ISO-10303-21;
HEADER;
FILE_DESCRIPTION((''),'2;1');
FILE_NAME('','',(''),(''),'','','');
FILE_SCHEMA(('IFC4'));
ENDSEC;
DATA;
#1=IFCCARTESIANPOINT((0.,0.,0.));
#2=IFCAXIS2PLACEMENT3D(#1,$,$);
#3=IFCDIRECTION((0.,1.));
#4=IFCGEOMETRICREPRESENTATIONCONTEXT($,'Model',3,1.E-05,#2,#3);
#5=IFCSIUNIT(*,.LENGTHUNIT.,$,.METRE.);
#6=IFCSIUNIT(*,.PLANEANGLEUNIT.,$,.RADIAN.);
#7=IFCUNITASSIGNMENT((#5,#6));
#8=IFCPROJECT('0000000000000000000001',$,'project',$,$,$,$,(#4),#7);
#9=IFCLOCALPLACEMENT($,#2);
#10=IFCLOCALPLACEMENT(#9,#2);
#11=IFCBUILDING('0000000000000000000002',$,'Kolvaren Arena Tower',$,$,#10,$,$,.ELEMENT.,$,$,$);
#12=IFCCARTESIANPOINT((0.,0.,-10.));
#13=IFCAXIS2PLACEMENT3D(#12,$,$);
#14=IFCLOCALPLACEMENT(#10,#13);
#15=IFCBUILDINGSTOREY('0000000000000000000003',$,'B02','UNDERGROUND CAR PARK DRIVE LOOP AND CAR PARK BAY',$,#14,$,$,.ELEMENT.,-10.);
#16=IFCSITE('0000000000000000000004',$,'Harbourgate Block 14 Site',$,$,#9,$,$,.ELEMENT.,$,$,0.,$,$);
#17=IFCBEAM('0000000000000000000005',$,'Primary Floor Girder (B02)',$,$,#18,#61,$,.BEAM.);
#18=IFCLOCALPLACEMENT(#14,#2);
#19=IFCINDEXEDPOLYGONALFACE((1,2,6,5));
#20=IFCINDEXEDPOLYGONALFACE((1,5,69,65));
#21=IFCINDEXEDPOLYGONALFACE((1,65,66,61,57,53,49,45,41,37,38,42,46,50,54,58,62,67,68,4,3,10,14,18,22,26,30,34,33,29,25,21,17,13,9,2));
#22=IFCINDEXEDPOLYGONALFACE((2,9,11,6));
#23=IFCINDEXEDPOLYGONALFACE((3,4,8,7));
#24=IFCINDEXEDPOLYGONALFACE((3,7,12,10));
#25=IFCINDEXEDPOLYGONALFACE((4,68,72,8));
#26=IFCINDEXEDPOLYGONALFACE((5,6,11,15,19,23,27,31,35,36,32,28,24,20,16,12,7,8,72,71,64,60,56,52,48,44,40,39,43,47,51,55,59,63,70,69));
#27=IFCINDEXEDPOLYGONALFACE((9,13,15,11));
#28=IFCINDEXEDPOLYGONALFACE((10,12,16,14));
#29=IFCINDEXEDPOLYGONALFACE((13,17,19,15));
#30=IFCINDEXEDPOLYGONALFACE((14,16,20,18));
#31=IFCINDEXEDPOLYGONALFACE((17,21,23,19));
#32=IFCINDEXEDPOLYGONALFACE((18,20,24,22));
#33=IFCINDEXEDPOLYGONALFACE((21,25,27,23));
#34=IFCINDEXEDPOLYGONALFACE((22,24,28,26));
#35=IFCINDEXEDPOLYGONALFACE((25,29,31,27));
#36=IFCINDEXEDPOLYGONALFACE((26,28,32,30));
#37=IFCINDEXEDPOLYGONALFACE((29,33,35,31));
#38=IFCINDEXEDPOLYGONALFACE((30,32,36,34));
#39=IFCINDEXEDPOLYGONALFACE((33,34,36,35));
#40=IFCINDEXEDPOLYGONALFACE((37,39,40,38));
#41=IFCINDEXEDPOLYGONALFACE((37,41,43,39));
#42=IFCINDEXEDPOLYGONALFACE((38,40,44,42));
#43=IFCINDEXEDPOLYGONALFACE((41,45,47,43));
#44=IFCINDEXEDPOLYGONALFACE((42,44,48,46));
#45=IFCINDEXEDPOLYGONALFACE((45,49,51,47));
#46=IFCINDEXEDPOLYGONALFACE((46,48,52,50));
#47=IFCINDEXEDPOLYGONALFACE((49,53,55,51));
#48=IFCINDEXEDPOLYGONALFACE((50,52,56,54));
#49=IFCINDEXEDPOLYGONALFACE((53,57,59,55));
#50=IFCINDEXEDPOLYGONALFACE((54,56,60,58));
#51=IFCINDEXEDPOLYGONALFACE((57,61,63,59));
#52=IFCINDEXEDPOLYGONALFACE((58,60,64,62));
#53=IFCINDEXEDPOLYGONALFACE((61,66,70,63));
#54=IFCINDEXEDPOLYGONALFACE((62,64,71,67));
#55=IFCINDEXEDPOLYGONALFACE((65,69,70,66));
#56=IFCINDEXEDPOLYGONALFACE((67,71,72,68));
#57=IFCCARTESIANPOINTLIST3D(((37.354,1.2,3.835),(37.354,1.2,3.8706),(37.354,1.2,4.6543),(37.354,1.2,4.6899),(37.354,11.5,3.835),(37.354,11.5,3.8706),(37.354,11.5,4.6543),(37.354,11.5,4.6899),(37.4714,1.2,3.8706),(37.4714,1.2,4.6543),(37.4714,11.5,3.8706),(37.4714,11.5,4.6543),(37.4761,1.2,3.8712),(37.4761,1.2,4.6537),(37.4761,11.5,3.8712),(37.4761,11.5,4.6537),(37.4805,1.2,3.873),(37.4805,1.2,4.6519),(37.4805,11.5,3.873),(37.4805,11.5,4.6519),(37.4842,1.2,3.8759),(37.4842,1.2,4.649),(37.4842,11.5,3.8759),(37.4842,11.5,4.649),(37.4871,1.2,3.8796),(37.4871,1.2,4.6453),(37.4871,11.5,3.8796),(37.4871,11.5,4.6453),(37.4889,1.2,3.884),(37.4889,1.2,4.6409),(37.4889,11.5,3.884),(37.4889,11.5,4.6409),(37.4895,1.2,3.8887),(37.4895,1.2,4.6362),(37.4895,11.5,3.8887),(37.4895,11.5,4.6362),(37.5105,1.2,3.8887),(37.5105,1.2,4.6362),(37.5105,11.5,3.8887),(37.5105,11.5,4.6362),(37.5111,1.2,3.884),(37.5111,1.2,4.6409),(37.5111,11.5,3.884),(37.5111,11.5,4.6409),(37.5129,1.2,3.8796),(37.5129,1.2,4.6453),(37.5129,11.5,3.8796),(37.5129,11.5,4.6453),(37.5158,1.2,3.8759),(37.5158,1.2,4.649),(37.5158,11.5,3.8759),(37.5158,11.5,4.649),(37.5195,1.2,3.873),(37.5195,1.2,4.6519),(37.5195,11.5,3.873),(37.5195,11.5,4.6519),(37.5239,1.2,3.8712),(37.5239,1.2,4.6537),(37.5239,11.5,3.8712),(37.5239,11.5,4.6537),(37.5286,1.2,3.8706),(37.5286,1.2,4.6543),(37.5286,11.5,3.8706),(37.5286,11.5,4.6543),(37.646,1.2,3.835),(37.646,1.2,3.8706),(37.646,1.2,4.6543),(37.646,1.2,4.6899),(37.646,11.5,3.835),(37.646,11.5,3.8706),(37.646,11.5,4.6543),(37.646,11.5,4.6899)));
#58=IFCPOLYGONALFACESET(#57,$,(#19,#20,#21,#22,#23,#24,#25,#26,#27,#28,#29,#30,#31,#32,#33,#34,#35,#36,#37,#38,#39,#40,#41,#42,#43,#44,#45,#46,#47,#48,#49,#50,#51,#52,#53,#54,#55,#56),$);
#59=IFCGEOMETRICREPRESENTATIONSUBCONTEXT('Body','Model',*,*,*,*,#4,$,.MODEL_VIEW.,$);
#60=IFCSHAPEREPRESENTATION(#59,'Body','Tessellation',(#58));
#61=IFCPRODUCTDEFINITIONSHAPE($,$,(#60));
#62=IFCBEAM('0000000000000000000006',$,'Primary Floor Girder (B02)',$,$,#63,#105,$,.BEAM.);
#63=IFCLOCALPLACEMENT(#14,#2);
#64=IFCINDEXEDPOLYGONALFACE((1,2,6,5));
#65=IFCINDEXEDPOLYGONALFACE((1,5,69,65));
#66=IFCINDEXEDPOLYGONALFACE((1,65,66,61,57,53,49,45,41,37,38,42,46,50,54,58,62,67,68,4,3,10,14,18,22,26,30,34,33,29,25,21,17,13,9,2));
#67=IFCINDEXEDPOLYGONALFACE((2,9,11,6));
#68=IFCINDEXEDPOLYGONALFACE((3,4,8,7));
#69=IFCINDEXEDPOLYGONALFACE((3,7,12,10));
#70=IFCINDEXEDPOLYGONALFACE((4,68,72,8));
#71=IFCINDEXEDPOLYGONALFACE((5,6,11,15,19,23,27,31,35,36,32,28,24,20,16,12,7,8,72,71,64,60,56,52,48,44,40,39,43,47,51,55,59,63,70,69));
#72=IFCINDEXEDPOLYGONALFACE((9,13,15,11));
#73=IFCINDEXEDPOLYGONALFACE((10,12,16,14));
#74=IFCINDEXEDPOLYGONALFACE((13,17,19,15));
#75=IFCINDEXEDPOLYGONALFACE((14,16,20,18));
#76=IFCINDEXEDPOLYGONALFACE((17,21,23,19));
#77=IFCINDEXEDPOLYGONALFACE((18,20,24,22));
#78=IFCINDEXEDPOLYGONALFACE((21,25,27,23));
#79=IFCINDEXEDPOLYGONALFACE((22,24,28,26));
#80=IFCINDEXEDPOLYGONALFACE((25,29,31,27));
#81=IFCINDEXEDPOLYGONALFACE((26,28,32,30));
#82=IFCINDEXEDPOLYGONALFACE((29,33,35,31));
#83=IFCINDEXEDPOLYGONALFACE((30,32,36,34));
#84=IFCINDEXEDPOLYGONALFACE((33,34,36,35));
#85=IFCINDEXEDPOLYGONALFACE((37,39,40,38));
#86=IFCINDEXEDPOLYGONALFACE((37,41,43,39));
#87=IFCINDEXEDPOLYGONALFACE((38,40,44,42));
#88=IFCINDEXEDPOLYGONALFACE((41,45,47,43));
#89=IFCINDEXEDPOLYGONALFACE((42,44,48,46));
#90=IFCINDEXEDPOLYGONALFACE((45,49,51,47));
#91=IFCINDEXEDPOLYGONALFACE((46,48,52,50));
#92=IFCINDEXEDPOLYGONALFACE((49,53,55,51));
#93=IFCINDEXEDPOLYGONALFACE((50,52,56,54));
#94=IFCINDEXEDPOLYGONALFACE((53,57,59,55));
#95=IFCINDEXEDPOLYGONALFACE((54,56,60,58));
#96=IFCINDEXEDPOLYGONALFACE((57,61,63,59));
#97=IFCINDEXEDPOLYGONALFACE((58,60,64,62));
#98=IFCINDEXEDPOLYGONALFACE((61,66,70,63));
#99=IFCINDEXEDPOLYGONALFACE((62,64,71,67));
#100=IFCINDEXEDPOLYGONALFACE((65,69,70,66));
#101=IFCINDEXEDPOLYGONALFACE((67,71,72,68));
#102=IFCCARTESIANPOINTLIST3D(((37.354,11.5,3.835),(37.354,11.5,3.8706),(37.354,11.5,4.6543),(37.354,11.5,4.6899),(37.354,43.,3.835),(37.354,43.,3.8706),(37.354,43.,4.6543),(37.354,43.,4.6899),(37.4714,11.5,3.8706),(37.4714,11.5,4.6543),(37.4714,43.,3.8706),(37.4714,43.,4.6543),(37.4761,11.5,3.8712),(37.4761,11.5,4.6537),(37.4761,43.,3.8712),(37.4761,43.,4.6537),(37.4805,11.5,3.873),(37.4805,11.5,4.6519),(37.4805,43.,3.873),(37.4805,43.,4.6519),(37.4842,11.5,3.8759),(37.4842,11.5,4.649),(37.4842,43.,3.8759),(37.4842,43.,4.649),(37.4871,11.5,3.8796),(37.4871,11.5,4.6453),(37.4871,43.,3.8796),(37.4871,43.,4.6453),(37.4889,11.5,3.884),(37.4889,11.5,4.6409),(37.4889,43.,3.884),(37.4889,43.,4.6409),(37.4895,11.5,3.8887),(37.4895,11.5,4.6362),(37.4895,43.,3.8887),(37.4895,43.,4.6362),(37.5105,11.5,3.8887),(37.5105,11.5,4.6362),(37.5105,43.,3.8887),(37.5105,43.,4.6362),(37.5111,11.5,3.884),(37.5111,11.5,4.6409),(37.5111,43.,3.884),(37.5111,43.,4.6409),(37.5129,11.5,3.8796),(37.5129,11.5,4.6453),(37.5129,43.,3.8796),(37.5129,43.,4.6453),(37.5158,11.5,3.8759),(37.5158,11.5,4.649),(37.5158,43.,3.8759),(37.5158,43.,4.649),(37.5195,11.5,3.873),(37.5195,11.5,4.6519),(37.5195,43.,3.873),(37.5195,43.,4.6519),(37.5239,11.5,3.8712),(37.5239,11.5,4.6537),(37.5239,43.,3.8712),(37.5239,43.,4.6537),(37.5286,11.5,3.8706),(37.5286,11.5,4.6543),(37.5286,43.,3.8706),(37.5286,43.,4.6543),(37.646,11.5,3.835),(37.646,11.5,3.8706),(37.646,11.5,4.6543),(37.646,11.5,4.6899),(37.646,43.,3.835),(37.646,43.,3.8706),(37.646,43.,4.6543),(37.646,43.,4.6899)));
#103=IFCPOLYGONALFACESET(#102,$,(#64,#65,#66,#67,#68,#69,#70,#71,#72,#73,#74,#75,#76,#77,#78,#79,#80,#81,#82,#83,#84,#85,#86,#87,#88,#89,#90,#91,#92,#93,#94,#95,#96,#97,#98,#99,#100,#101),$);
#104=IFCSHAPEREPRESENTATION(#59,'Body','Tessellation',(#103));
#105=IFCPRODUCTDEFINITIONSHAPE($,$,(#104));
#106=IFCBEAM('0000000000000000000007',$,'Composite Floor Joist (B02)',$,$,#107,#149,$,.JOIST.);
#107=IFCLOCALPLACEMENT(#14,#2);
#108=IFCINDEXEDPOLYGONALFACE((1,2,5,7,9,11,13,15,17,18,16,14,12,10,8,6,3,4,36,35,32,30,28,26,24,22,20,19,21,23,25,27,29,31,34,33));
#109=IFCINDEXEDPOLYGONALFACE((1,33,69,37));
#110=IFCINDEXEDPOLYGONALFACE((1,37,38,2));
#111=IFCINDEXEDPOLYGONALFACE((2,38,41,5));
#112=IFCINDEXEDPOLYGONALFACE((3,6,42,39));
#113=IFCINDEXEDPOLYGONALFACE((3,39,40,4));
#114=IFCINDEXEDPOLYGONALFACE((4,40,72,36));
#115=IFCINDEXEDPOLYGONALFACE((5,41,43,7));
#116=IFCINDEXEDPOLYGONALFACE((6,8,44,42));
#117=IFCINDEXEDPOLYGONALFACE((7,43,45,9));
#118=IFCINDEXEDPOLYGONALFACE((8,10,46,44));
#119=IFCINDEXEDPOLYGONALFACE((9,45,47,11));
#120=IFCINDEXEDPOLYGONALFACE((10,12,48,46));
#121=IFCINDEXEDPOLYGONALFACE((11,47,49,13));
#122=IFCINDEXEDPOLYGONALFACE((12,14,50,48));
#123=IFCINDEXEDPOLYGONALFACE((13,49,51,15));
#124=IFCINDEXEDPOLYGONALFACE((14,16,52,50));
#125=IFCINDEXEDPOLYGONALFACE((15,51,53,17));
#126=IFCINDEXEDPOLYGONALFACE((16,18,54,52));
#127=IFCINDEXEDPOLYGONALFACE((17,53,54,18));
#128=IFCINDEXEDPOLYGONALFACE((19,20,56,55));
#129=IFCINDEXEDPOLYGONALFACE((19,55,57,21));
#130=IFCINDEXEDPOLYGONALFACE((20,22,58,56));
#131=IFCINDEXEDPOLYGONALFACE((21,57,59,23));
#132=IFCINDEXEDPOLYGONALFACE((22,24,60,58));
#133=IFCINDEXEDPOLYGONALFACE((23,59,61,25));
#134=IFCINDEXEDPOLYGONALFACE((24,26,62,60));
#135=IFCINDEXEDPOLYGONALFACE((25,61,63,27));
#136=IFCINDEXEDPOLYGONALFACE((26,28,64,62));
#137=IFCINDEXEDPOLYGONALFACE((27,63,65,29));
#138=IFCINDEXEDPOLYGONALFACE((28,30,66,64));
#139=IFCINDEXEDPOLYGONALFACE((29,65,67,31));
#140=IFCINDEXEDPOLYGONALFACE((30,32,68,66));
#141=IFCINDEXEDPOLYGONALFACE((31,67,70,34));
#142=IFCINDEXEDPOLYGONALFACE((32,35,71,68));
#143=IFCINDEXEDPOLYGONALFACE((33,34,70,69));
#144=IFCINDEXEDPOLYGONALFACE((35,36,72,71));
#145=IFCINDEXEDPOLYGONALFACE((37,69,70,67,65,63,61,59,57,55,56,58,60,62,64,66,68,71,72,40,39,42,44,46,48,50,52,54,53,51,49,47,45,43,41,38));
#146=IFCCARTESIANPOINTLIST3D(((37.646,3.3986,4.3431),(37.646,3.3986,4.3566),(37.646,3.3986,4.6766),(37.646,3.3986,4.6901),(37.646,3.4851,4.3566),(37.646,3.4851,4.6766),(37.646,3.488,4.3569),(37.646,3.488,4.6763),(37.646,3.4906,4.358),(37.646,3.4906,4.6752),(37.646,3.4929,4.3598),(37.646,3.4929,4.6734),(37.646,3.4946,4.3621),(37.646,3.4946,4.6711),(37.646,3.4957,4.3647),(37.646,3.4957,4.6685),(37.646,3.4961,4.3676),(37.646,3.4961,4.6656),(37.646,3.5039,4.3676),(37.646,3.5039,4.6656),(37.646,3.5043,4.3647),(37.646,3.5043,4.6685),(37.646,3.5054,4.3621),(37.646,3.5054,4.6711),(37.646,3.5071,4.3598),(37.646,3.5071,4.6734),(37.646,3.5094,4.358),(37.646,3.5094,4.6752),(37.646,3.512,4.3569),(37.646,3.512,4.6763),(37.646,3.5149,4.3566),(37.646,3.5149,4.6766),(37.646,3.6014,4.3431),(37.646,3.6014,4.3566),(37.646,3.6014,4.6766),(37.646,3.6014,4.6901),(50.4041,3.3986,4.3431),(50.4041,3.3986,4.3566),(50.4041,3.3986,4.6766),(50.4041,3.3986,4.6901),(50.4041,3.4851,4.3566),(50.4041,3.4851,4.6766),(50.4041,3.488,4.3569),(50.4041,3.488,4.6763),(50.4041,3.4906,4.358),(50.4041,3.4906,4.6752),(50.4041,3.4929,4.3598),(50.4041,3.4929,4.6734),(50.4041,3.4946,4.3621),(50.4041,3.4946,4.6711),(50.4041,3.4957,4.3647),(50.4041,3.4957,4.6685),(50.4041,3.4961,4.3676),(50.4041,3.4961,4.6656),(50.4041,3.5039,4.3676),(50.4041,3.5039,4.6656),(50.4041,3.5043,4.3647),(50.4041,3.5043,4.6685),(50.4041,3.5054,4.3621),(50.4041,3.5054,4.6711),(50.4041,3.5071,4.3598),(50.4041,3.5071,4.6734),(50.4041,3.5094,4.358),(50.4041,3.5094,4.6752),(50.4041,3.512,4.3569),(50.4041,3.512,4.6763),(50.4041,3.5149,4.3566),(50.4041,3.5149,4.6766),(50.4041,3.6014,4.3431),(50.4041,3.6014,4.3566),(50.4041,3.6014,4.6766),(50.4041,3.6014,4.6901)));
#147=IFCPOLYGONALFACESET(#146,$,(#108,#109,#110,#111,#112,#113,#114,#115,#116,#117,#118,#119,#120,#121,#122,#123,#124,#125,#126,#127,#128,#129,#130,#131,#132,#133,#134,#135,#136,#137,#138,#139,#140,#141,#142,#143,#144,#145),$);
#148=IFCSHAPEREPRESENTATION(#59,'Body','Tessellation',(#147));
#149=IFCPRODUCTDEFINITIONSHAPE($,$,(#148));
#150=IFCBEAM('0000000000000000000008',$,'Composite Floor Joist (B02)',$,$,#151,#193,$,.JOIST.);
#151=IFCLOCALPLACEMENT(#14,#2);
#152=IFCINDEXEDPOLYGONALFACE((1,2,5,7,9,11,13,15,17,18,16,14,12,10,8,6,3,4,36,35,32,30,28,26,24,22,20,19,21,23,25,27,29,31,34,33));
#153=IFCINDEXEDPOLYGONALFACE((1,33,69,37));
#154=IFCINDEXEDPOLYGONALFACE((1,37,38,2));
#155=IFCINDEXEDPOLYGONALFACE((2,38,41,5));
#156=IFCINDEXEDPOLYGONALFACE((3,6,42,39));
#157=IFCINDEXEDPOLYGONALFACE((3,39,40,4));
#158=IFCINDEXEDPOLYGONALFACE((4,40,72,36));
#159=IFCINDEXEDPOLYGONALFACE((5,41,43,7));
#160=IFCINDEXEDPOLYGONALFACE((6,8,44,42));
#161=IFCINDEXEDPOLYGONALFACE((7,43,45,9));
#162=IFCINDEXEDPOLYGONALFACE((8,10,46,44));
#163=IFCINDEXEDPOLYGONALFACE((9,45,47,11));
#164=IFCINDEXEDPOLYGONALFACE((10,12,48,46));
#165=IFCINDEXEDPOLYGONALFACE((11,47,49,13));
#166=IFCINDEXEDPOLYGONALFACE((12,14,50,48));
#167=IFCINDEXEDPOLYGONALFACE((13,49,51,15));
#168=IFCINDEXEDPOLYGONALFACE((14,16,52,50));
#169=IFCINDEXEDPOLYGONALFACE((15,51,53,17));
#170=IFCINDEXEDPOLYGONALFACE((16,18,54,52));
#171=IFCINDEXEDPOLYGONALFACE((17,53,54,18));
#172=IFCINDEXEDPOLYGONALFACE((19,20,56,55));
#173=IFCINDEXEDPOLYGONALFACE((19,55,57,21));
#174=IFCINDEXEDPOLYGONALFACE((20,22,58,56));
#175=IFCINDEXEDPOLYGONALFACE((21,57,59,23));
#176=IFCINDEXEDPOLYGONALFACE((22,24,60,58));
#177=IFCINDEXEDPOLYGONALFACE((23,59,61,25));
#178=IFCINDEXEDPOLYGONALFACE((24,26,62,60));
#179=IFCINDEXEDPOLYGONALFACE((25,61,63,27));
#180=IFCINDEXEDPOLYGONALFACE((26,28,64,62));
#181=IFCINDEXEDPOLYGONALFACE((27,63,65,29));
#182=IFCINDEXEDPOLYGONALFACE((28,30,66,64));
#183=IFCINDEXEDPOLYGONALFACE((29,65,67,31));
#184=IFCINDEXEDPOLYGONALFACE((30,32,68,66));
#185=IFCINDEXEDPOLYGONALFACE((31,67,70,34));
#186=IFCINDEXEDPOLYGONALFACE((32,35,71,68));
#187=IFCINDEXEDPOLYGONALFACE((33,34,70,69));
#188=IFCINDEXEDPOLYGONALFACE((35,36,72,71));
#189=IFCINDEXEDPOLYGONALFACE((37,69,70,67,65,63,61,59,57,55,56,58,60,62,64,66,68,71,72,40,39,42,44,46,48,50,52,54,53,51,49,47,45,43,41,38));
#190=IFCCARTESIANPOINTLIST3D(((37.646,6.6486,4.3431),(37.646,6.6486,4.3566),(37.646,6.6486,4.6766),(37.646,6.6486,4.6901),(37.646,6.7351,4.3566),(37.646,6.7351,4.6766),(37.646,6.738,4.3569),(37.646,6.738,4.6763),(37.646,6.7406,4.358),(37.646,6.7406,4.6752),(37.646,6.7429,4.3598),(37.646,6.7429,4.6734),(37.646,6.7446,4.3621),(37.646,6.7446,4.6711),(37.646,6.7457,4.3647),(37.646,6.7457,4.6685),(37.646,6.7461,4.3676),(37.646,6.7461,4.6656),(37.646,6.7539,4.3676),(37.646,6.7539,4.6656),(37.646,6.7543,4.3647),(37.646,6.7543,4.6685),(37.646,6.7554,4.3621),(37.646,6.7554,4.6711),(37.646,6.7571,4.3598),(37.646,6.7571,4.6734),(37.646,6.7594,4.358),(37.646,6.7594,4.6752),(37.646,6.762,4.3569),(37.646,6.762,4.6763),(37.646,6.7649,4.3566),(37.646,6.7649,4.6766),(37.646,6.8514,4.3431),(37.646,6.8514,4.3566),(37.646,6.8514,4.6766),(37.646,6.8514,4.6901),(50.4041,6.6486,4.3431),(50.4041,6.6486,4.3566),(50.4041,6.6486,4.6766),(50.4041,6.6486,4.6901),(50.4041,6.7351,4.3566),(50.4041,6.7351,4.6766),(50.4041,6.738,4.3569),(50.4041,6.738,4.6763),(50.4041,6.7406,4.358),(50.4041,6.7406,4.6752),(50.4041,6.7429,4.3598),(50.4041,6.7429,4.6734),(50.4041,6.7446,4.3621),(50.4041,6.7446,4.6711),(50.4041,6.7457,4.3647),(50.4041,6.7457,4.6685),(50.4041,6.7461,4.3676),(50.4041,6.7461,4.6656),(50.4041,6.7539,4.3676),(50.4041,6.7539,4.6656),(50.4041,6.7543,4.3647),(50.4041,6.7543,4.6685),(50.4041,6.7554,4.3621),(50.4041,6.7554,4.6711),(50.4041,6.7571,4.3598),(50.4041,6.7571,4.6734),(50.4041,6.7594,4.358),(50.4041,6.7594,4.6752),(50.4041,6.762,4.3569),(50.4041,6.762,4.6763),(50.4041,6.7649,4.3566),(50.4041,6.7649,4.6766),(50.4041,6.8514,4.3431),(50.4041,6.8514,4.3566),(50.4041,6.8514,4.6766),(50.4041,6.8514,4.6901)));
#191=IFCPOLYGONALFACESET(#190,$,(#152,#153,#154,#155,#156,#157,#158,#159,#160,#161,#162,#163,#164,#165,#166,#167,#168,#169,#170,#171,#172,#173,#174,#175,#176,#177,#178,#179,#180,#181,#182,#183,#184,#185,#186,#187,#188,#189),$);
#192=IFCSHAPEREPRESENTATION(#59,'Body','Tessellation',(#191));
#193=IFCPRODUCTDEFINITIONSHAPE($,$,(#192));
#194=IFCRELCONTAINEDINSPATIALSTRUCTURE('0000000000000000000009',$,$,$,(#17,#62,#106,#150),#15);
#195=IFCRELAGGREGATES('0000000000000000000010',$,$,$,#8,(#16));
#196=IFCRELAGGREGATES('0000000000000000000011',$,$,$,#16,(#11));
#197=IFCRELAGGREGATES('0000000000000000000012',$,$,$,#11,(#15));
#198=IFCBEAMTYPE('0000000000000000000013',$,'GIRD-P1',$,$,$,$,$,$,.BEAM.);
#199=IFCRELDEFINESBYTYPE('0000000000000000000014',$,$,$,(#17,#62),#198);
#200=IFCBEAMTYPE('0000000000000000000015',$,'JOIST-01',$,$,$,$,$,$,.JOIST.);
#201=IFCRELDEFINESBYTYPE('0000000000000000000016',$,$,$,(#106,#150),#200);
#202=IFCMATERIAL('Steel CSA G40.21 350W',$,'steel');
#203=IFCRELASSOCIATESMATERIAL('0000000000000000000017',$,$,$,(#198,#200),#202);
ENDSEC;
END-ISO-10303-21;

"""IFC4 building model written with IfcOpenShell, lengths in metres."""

from ifc_helpers import new_model, si_unit, direction, frame, origin, origin_2d, place, context, subcontext, project, spatial, i_section, extrude, material, material_profile, profile_set, type_object, element, save


model = new_model("IFC4")

# Units and contexts
model_context = context("Model", 3, precision=1e-05, world=origin(), true_north=direction((0.0, 1.0)))
body_context = subcontext(model_context, "Body", "Model", "MODEL_VIEW")
ifc_project = project(units=[si_unit("LENGTHUNIT", "METRE"), si_unit("PLANEANGLEUNIT", "RADIAN")], contexts=[model_context])

# Site, building, storey
site_placement = place(None, origin())
site = spatial("IfcSite", under=ifc_project, at=site_placement, Name="Harbourgate Block 14 Site", CompositionType="ELEMENT", RefElevation=0.0)
building_placement = place(site_placement, origin())
building = spatial("IfcBuilding", under=site, at=building_placement, Name="Kolvaren Arena Tower", CompositionType="ELEMENT")
storey_placement = place(building_placement, frame((0.0, 0.0, -10.0)))
storey = spatial("IfcBuildingStorey", under=building, at=storey_placement, Name="B02", Description="UNDERGROUND CAR PARK DRIVE LOOP AND CAR PARK BAY", CompositionType="ELEMENT", Elevation=-10.0)

# Beams
ifc_material_1 = material(Name="Steel CSA G40.21 350W", Category="steel")
ifc_material_profile_1 = material_profile(ifc_material_1, i_section(OverallWidth=0.292, OverallDepth=0.855, WebThickness=0.021, FlangeThickness=0.0356, FilletRadius=0.0181, at=origin_2d()), Name="W840x299")
ifc_profile_set_1 = profile_set([ifc_material_profile_1], Name="Steel CSA G40.21 350W")
beam_type_1 = type_object("IfcBeamType", Name="GIRD-P1", PredefinedType="BEAM", material=ifc_profile_set_1)
beam_1_placement = place(storey_placement, frame((37.5, 1.2, 4.2625), z_axis=(0.0, 1.0, 0.0), x_axis=(-1.0, 0.0, 0.0)))
element("IfcBeam", 1, at=beam_1_placement, inside=storey, type_object=beam_type_1, Name="Primary Floor Girder (B02)", PredefinedType="BEAM", context=body_context, shape_type="SweptSolid", body=[
    extrude(i_section(OverallWidth=0.292, OverallDepth=0.855, WebThickness=0.021, FlangeThickness=0.0356, FilletRadius=0.0181, at=origin_2d()), origin(), (0.0, 0.0, 1.0), 10.3),
])
beam_2_placement = place(storey_placement, frame((37.5, 11.5, 4.2625), z_axis=(0.0, 1.0, 0.0), x_axis=(-1.0, 0.0, 0.0)))
element("IfcBeam", 2, at=beam_2_placement, inside=storey, type_object=beam_type_1, Name="Primary Floor Girder (B02)", PredefinedType="BEAM", context=body_context, shape_type="SweptSolid", body=[
    extrude(i_section(OverallWidth=0.292, OverallDepth=0.855, WebThickness=0.021, FlangeThickness=0.0356, FilletRadius=0.0181, at=origin_2d()), origin(), (0.0, 0.0, 1.0), 31.5),
])
ifc_material_profile_2 = material_profile(ifc_material_1, i_section(OverallWidth=0.2029, OverallDepth=0.3469, WebThickness=0.0078, FlangeThickness=0.0134, FilletRadius=0.011, at=origin_2d()), Name="W360x64")
ifc_profile_set_2 = profile_set([ifc_material_profile_2], Name="Steel CSA G40.21 350W")
beam_type_2 = type_object("IfcBeamType", Name="JOIST-01", PredefinedType="JOIST", material=ifc_profile_set_2)
for number, where, z_axis, x_axis, name in (
    (3, (37.646, 3.5, 4.5166), (1.0, 0.0, 0.0), (0.0, 1.0, 0.0), "Composite Floor Joist (B02)"),
    (4, (37.646, 6.75, 4.5166), (1.0, 0.0, 0.0), (0.0, 1.0, 0.0), "Composite Floor Joist (B02)"),
):
    element("IfcBeam", number, at=place(storey_placement, frame(where, z_axis=z_axis, x_axis=x_axis)), inside=storey, type_object=beam_type_2, Name=name, PredefinedType="JOIST", context=body_context, shape_type="SweptSolid", body=[
        extrude(i_section(OverallWidth=0.2029, OverallDepth=0.3469, WebThickness=0.0078, FlangeThickness=0.0134, FilletRadius=0.011, at=origin_2d()), origin(), (0.0, 0.0, 1.0), 12.7581),
    ])

save(model, "model.ifc")
